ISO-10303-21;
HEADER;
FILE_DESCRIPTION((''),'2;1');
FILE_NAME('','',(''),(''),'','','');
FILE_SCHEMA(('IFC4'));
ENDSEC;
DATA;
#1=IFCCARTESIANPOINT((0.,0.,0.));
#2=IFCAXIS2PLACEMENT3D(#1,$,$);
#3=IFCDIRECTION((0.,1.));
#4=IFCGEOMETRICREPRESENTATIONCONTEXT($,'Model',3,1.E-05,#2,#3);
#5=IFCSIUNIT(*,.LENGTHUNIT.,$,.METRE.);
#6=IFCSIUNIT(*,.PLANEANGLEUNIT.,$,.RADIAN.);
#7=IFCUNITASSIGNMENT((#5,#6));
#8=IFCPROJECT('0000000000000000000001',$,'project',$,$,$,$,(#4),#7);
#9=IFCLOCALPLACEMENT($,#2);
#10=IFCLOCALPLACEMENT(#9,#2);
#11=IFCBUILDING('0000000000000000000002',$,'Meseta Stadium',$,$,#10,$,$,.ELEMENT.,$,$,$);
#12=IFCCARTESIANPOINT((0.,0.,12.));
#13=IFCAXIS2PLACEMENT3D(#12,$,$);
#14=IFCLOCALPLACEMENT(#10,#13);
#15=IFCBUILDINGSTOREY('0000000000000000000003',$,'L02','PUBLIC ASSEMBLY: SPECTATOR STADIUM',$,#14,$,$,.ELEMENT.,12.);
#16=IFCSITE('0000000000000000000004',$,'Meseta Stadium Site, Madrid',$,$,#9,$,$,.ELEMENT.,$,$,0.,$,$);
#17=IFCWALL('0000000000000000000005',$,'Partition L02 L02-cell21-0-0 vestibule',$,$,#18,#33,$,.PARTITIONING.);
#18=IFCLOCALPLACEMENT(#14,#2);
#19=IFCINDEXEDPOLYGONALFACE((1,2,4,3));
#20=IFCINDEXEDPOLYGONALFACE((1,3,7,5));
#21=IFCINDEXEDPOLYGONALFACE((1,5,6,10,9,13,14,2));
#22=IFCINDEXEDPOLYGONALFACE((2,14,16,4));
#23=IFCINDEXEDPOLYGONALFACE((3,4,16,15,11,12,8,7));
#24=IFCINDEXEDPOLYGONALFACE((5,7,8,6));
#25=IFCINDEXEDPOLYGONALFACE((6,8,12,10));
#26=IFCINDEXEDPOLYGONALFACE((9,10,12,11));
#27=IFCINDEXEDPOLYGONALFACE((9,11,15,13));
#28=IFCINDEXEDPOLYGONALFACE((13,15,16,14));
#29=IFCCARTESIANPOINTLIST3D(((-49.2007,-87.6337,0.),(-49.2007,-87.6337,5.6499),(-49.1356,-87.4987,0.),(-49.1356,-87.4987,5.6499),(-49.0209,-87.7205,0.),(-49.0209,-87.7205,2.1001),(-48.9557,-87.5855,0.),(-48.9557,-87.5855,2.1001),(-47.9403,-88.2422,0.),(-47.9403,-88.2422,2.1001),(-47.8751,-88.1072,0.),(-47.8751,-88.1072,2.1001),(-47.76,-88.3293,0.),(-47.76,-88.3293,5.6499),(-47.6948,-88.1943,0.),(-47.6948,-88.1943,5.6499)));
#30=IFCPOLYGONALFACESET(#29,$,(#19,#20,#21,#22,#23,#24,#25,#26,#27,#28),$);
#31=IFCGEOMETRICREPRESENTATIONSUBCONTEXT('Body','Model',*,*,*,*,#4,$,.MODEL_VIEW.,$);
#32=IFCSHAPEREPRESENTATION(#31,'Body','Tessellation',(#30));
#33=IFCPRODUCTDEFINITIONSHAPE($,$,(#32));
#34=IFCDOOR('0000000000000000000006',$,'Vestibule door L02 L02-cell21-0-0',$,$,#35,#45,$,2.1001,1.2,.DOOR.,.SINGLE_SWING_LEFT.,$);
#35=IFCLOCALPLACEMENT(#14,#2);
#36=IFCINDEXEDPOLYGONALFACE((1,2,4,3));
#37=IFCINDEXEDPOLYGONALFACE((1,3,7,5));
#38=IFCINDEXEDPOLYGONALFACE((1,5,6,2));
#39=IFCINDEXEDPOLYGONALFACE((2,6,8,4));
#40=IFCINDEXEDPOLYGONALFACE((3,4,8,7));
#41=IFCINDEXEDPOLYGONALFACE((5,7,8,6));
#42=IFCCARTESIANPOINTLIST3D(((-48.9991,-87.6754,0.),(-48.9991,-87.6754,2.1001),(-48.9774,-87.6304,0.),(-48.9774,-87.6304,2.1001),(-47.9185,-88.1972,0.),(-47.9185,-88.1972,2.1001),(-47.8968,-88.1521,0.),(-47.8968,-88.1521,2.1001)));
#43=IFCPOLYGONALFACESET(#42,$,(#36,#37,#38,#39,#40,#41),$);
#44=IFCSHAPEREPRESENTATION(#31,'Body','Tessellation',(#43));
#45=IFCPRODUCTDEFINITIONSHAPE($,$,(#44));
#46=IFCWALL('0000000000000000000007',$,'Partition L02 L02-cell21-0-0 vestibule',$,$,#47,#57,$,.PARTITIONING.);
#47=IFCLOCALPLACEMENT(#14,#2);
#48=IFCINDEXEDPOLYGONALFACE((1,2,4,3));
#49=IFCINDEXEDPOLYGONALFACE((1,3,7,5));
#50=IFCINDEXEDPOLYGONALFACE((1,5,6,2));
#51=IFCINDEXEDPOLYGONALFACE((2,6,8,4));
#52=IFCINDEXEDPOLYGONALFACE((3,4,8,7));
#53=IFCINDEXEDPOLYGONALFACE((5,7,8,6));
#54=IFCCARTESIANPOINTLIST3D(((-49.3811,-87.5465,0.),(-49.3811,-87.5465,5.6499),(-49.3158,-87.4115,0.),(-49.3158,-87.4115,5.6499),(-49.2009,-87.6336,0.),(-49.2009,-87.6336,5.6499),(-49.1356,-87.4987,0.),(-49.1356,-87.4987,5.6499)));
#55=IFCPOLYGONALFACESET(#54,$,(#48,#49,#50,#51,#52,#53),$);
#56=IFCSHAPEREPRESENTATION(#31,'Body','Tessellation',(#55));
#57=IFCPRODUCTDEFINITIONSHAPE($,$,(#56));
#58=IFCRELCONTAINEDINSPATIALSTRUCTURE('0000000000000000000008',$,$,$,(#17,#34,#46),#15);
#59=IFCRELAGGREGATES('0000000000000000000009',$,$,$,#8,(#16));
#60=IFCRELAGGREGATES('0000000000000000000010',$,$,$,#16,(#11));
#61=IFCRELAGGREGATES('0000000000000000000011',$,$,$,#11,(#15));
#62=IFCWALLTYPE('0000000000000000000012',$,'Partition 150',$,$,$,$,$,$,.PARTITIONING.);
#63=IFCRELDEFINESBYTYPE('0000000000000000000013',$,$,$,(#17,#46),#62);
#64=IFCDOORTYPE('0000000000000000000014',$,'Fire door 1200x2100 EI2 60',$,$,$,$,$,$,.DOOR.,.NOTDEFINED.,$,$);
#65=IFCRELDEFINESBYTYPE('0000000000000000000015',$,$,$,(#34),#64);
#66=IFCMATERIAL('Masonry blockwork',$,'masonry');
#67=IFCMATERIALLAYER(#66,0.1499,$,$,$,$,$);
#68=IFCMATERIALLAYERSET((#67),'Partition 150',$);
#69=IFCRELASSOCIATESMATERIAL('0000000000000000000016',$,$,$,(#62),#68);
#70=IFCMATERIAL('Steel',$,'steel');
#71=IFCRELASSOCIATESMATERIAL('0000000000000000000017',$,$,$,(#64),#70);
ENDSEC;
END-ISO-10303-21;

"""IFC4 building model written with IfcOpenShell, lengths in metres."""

from ifc_helpers import new_model, si_unit, direction, frame, frame_2d, origin, place, context, subcontext, project, spatial, rectangle, extrude, material, layer, layer_set, type_object, element, fill, save


model = new_model("IFC4")

# Units and contexts
model_context = context("Model", 3, precision=1e-05, world=origin(), true_north=direction((0.0, 1.0)))
body_context = subcontext(model_context, "Body", "Model", "MODEL_VIEW")
ifc_project = project(units=[si_unit("LENGTHUNIT", "METRE"), si_unit("PLANEANGLEUNIT", "RADIAN")], contexts=[model_context])

# Site, building, storey
site_placement = place(None, origin())
site = spatial("IfcSite", under=ifc_project, at=site_placement, Name="Meseta Stadium Site, Madrid", CompositionType="ELEMENT", RefElevation=0.0)
building_placement = place(site_placement, origin())
building = spatial("IfcBuilding", under=site, at=building_placement, Name="Meseta Stadium", CompositionType="ELEMENT")
storey_placement = place(building_placement, frame((0.0, 0.0, 12.0)))
storey = spatial("IfcBuildingStorey", under=building, at=storey_placement, Name="L02", Description="PUBLIC ASSEMBLY: SPECTATOR STADIUM", CompositionType="ELEMENT", Elevation=12.0)

# Shared definitions
ifc_material_1 = material(Name="Masonry blockwork", Category="masonry")
ifc_layer_1 = layer(ifc_material_1, 0.1499)
ifc_layer_set_1 = layer_set([ifc_layer_1], Name="Partition 150")
wall_type = type_object("IfcWallType", Name="Partition 150", PredefinedType="PARTITIONING", material=ifc_layer_set_1)

# Shared definitions
ifc_material_2 = material(Name="Steel", Category="steel")
door_type_1 = type_object("IfcDoorType", Name="Fire door 1200x2100 EI2 60", OperationType="NOTDEFINED", PredefinedType="DOOR", material=ifc_material_2)

# Wall, opening, door
wall_1_placement = place(storey_placement, frame((-47.7275, -88.2617, 0.0), z_axis=(0.0, 0.0, 1.0), x_axis=(-0.900537, 0.434779, 0.0)))
wall_1 = element("IfcWall", 1, at=wall_1_placement, inside=storey, type_object=wall_type, Name="Partition L02 L02-cell21-0-0 vestibule", PredefinedType="PARTITIONING", context=body_context, shape_type="SweptSolid", body=[
    extrude(rectangle(XDim=1.5999, YDim=0.1499, at=frame_2d((0.7998, 0.0))), origin(), (0.0, 0.0, 1.0), 5.6499),
])
opening_1_placement = place(wall_1_placement, frame((0.2, 0.0, 0.0)))
opening_1 = element("IfcOpeningElement", 2, at=opening_1_placement, cuts=wall_1, PredefinedType="OPENING", context=body_context, shape_type="SweptSolid", body=[
    extrude(rectangle(XDim=1.2, YDim=2.1001, at=frame_2d((0.6001, 1.05))), frame((0.0, 0.085, 0.0), z_axis=(0.0, -1.0, 0.0), x_axis=(1.0, 0.0, 0.0)), (0.0, 0.0, 1.0), 0.1699),
])
door_1_placement = place(opening_1_placement, origin())
door_1 = element("IfcDoor", 3, at=door_1_placement, inside=storey, type_object=door_type_1, Name="Vestibule door L02 L02-cell21-0-0", OperationType="SINGLE_SWING_LEFT", OverallHeight=2.1001, OverallWidth=1.2, PredefinedType="DOOR", context=body_context, shape_type="SweptSolid", body=[
    extrude(rectangle(XDim=1.2, YDim=2.1001, at=frame_2d((0.6001, 1.05))), frame((0.0, 0.0249, 0.0), z_axis=(0.0, -1.0, 0.0), x_axis=(1.0, 0.0, 0.0)), (0.0, 0.0, 1.0), 0.05),
])
fill(opening_1, door_1)

# Wall
wall_2_placement = place(storey_placement, frame((-49.1682, -87.5662, 0.0), z_axis=(0.0, 0.0, 1.0), x_axis=(-0.900206, 0.435465, 0.0)))
element("IfcWall", 4, at=wall_2_placement, inside=storey, type_object=wall_type, Name="Partition L02 L02-cell21-0-0 vestibule", PredefinedType="PARTITIONING", context=body_context, shape_type="SweptSolid", body=[
    extrude(rectangle(XDim=0.2002, YDim=0.1499, at=frame_2d((0.1001, 0.0))), origin(), (0.0, 0.0, 1.0), 5.6499),
])

save(model, "model.ifc")
